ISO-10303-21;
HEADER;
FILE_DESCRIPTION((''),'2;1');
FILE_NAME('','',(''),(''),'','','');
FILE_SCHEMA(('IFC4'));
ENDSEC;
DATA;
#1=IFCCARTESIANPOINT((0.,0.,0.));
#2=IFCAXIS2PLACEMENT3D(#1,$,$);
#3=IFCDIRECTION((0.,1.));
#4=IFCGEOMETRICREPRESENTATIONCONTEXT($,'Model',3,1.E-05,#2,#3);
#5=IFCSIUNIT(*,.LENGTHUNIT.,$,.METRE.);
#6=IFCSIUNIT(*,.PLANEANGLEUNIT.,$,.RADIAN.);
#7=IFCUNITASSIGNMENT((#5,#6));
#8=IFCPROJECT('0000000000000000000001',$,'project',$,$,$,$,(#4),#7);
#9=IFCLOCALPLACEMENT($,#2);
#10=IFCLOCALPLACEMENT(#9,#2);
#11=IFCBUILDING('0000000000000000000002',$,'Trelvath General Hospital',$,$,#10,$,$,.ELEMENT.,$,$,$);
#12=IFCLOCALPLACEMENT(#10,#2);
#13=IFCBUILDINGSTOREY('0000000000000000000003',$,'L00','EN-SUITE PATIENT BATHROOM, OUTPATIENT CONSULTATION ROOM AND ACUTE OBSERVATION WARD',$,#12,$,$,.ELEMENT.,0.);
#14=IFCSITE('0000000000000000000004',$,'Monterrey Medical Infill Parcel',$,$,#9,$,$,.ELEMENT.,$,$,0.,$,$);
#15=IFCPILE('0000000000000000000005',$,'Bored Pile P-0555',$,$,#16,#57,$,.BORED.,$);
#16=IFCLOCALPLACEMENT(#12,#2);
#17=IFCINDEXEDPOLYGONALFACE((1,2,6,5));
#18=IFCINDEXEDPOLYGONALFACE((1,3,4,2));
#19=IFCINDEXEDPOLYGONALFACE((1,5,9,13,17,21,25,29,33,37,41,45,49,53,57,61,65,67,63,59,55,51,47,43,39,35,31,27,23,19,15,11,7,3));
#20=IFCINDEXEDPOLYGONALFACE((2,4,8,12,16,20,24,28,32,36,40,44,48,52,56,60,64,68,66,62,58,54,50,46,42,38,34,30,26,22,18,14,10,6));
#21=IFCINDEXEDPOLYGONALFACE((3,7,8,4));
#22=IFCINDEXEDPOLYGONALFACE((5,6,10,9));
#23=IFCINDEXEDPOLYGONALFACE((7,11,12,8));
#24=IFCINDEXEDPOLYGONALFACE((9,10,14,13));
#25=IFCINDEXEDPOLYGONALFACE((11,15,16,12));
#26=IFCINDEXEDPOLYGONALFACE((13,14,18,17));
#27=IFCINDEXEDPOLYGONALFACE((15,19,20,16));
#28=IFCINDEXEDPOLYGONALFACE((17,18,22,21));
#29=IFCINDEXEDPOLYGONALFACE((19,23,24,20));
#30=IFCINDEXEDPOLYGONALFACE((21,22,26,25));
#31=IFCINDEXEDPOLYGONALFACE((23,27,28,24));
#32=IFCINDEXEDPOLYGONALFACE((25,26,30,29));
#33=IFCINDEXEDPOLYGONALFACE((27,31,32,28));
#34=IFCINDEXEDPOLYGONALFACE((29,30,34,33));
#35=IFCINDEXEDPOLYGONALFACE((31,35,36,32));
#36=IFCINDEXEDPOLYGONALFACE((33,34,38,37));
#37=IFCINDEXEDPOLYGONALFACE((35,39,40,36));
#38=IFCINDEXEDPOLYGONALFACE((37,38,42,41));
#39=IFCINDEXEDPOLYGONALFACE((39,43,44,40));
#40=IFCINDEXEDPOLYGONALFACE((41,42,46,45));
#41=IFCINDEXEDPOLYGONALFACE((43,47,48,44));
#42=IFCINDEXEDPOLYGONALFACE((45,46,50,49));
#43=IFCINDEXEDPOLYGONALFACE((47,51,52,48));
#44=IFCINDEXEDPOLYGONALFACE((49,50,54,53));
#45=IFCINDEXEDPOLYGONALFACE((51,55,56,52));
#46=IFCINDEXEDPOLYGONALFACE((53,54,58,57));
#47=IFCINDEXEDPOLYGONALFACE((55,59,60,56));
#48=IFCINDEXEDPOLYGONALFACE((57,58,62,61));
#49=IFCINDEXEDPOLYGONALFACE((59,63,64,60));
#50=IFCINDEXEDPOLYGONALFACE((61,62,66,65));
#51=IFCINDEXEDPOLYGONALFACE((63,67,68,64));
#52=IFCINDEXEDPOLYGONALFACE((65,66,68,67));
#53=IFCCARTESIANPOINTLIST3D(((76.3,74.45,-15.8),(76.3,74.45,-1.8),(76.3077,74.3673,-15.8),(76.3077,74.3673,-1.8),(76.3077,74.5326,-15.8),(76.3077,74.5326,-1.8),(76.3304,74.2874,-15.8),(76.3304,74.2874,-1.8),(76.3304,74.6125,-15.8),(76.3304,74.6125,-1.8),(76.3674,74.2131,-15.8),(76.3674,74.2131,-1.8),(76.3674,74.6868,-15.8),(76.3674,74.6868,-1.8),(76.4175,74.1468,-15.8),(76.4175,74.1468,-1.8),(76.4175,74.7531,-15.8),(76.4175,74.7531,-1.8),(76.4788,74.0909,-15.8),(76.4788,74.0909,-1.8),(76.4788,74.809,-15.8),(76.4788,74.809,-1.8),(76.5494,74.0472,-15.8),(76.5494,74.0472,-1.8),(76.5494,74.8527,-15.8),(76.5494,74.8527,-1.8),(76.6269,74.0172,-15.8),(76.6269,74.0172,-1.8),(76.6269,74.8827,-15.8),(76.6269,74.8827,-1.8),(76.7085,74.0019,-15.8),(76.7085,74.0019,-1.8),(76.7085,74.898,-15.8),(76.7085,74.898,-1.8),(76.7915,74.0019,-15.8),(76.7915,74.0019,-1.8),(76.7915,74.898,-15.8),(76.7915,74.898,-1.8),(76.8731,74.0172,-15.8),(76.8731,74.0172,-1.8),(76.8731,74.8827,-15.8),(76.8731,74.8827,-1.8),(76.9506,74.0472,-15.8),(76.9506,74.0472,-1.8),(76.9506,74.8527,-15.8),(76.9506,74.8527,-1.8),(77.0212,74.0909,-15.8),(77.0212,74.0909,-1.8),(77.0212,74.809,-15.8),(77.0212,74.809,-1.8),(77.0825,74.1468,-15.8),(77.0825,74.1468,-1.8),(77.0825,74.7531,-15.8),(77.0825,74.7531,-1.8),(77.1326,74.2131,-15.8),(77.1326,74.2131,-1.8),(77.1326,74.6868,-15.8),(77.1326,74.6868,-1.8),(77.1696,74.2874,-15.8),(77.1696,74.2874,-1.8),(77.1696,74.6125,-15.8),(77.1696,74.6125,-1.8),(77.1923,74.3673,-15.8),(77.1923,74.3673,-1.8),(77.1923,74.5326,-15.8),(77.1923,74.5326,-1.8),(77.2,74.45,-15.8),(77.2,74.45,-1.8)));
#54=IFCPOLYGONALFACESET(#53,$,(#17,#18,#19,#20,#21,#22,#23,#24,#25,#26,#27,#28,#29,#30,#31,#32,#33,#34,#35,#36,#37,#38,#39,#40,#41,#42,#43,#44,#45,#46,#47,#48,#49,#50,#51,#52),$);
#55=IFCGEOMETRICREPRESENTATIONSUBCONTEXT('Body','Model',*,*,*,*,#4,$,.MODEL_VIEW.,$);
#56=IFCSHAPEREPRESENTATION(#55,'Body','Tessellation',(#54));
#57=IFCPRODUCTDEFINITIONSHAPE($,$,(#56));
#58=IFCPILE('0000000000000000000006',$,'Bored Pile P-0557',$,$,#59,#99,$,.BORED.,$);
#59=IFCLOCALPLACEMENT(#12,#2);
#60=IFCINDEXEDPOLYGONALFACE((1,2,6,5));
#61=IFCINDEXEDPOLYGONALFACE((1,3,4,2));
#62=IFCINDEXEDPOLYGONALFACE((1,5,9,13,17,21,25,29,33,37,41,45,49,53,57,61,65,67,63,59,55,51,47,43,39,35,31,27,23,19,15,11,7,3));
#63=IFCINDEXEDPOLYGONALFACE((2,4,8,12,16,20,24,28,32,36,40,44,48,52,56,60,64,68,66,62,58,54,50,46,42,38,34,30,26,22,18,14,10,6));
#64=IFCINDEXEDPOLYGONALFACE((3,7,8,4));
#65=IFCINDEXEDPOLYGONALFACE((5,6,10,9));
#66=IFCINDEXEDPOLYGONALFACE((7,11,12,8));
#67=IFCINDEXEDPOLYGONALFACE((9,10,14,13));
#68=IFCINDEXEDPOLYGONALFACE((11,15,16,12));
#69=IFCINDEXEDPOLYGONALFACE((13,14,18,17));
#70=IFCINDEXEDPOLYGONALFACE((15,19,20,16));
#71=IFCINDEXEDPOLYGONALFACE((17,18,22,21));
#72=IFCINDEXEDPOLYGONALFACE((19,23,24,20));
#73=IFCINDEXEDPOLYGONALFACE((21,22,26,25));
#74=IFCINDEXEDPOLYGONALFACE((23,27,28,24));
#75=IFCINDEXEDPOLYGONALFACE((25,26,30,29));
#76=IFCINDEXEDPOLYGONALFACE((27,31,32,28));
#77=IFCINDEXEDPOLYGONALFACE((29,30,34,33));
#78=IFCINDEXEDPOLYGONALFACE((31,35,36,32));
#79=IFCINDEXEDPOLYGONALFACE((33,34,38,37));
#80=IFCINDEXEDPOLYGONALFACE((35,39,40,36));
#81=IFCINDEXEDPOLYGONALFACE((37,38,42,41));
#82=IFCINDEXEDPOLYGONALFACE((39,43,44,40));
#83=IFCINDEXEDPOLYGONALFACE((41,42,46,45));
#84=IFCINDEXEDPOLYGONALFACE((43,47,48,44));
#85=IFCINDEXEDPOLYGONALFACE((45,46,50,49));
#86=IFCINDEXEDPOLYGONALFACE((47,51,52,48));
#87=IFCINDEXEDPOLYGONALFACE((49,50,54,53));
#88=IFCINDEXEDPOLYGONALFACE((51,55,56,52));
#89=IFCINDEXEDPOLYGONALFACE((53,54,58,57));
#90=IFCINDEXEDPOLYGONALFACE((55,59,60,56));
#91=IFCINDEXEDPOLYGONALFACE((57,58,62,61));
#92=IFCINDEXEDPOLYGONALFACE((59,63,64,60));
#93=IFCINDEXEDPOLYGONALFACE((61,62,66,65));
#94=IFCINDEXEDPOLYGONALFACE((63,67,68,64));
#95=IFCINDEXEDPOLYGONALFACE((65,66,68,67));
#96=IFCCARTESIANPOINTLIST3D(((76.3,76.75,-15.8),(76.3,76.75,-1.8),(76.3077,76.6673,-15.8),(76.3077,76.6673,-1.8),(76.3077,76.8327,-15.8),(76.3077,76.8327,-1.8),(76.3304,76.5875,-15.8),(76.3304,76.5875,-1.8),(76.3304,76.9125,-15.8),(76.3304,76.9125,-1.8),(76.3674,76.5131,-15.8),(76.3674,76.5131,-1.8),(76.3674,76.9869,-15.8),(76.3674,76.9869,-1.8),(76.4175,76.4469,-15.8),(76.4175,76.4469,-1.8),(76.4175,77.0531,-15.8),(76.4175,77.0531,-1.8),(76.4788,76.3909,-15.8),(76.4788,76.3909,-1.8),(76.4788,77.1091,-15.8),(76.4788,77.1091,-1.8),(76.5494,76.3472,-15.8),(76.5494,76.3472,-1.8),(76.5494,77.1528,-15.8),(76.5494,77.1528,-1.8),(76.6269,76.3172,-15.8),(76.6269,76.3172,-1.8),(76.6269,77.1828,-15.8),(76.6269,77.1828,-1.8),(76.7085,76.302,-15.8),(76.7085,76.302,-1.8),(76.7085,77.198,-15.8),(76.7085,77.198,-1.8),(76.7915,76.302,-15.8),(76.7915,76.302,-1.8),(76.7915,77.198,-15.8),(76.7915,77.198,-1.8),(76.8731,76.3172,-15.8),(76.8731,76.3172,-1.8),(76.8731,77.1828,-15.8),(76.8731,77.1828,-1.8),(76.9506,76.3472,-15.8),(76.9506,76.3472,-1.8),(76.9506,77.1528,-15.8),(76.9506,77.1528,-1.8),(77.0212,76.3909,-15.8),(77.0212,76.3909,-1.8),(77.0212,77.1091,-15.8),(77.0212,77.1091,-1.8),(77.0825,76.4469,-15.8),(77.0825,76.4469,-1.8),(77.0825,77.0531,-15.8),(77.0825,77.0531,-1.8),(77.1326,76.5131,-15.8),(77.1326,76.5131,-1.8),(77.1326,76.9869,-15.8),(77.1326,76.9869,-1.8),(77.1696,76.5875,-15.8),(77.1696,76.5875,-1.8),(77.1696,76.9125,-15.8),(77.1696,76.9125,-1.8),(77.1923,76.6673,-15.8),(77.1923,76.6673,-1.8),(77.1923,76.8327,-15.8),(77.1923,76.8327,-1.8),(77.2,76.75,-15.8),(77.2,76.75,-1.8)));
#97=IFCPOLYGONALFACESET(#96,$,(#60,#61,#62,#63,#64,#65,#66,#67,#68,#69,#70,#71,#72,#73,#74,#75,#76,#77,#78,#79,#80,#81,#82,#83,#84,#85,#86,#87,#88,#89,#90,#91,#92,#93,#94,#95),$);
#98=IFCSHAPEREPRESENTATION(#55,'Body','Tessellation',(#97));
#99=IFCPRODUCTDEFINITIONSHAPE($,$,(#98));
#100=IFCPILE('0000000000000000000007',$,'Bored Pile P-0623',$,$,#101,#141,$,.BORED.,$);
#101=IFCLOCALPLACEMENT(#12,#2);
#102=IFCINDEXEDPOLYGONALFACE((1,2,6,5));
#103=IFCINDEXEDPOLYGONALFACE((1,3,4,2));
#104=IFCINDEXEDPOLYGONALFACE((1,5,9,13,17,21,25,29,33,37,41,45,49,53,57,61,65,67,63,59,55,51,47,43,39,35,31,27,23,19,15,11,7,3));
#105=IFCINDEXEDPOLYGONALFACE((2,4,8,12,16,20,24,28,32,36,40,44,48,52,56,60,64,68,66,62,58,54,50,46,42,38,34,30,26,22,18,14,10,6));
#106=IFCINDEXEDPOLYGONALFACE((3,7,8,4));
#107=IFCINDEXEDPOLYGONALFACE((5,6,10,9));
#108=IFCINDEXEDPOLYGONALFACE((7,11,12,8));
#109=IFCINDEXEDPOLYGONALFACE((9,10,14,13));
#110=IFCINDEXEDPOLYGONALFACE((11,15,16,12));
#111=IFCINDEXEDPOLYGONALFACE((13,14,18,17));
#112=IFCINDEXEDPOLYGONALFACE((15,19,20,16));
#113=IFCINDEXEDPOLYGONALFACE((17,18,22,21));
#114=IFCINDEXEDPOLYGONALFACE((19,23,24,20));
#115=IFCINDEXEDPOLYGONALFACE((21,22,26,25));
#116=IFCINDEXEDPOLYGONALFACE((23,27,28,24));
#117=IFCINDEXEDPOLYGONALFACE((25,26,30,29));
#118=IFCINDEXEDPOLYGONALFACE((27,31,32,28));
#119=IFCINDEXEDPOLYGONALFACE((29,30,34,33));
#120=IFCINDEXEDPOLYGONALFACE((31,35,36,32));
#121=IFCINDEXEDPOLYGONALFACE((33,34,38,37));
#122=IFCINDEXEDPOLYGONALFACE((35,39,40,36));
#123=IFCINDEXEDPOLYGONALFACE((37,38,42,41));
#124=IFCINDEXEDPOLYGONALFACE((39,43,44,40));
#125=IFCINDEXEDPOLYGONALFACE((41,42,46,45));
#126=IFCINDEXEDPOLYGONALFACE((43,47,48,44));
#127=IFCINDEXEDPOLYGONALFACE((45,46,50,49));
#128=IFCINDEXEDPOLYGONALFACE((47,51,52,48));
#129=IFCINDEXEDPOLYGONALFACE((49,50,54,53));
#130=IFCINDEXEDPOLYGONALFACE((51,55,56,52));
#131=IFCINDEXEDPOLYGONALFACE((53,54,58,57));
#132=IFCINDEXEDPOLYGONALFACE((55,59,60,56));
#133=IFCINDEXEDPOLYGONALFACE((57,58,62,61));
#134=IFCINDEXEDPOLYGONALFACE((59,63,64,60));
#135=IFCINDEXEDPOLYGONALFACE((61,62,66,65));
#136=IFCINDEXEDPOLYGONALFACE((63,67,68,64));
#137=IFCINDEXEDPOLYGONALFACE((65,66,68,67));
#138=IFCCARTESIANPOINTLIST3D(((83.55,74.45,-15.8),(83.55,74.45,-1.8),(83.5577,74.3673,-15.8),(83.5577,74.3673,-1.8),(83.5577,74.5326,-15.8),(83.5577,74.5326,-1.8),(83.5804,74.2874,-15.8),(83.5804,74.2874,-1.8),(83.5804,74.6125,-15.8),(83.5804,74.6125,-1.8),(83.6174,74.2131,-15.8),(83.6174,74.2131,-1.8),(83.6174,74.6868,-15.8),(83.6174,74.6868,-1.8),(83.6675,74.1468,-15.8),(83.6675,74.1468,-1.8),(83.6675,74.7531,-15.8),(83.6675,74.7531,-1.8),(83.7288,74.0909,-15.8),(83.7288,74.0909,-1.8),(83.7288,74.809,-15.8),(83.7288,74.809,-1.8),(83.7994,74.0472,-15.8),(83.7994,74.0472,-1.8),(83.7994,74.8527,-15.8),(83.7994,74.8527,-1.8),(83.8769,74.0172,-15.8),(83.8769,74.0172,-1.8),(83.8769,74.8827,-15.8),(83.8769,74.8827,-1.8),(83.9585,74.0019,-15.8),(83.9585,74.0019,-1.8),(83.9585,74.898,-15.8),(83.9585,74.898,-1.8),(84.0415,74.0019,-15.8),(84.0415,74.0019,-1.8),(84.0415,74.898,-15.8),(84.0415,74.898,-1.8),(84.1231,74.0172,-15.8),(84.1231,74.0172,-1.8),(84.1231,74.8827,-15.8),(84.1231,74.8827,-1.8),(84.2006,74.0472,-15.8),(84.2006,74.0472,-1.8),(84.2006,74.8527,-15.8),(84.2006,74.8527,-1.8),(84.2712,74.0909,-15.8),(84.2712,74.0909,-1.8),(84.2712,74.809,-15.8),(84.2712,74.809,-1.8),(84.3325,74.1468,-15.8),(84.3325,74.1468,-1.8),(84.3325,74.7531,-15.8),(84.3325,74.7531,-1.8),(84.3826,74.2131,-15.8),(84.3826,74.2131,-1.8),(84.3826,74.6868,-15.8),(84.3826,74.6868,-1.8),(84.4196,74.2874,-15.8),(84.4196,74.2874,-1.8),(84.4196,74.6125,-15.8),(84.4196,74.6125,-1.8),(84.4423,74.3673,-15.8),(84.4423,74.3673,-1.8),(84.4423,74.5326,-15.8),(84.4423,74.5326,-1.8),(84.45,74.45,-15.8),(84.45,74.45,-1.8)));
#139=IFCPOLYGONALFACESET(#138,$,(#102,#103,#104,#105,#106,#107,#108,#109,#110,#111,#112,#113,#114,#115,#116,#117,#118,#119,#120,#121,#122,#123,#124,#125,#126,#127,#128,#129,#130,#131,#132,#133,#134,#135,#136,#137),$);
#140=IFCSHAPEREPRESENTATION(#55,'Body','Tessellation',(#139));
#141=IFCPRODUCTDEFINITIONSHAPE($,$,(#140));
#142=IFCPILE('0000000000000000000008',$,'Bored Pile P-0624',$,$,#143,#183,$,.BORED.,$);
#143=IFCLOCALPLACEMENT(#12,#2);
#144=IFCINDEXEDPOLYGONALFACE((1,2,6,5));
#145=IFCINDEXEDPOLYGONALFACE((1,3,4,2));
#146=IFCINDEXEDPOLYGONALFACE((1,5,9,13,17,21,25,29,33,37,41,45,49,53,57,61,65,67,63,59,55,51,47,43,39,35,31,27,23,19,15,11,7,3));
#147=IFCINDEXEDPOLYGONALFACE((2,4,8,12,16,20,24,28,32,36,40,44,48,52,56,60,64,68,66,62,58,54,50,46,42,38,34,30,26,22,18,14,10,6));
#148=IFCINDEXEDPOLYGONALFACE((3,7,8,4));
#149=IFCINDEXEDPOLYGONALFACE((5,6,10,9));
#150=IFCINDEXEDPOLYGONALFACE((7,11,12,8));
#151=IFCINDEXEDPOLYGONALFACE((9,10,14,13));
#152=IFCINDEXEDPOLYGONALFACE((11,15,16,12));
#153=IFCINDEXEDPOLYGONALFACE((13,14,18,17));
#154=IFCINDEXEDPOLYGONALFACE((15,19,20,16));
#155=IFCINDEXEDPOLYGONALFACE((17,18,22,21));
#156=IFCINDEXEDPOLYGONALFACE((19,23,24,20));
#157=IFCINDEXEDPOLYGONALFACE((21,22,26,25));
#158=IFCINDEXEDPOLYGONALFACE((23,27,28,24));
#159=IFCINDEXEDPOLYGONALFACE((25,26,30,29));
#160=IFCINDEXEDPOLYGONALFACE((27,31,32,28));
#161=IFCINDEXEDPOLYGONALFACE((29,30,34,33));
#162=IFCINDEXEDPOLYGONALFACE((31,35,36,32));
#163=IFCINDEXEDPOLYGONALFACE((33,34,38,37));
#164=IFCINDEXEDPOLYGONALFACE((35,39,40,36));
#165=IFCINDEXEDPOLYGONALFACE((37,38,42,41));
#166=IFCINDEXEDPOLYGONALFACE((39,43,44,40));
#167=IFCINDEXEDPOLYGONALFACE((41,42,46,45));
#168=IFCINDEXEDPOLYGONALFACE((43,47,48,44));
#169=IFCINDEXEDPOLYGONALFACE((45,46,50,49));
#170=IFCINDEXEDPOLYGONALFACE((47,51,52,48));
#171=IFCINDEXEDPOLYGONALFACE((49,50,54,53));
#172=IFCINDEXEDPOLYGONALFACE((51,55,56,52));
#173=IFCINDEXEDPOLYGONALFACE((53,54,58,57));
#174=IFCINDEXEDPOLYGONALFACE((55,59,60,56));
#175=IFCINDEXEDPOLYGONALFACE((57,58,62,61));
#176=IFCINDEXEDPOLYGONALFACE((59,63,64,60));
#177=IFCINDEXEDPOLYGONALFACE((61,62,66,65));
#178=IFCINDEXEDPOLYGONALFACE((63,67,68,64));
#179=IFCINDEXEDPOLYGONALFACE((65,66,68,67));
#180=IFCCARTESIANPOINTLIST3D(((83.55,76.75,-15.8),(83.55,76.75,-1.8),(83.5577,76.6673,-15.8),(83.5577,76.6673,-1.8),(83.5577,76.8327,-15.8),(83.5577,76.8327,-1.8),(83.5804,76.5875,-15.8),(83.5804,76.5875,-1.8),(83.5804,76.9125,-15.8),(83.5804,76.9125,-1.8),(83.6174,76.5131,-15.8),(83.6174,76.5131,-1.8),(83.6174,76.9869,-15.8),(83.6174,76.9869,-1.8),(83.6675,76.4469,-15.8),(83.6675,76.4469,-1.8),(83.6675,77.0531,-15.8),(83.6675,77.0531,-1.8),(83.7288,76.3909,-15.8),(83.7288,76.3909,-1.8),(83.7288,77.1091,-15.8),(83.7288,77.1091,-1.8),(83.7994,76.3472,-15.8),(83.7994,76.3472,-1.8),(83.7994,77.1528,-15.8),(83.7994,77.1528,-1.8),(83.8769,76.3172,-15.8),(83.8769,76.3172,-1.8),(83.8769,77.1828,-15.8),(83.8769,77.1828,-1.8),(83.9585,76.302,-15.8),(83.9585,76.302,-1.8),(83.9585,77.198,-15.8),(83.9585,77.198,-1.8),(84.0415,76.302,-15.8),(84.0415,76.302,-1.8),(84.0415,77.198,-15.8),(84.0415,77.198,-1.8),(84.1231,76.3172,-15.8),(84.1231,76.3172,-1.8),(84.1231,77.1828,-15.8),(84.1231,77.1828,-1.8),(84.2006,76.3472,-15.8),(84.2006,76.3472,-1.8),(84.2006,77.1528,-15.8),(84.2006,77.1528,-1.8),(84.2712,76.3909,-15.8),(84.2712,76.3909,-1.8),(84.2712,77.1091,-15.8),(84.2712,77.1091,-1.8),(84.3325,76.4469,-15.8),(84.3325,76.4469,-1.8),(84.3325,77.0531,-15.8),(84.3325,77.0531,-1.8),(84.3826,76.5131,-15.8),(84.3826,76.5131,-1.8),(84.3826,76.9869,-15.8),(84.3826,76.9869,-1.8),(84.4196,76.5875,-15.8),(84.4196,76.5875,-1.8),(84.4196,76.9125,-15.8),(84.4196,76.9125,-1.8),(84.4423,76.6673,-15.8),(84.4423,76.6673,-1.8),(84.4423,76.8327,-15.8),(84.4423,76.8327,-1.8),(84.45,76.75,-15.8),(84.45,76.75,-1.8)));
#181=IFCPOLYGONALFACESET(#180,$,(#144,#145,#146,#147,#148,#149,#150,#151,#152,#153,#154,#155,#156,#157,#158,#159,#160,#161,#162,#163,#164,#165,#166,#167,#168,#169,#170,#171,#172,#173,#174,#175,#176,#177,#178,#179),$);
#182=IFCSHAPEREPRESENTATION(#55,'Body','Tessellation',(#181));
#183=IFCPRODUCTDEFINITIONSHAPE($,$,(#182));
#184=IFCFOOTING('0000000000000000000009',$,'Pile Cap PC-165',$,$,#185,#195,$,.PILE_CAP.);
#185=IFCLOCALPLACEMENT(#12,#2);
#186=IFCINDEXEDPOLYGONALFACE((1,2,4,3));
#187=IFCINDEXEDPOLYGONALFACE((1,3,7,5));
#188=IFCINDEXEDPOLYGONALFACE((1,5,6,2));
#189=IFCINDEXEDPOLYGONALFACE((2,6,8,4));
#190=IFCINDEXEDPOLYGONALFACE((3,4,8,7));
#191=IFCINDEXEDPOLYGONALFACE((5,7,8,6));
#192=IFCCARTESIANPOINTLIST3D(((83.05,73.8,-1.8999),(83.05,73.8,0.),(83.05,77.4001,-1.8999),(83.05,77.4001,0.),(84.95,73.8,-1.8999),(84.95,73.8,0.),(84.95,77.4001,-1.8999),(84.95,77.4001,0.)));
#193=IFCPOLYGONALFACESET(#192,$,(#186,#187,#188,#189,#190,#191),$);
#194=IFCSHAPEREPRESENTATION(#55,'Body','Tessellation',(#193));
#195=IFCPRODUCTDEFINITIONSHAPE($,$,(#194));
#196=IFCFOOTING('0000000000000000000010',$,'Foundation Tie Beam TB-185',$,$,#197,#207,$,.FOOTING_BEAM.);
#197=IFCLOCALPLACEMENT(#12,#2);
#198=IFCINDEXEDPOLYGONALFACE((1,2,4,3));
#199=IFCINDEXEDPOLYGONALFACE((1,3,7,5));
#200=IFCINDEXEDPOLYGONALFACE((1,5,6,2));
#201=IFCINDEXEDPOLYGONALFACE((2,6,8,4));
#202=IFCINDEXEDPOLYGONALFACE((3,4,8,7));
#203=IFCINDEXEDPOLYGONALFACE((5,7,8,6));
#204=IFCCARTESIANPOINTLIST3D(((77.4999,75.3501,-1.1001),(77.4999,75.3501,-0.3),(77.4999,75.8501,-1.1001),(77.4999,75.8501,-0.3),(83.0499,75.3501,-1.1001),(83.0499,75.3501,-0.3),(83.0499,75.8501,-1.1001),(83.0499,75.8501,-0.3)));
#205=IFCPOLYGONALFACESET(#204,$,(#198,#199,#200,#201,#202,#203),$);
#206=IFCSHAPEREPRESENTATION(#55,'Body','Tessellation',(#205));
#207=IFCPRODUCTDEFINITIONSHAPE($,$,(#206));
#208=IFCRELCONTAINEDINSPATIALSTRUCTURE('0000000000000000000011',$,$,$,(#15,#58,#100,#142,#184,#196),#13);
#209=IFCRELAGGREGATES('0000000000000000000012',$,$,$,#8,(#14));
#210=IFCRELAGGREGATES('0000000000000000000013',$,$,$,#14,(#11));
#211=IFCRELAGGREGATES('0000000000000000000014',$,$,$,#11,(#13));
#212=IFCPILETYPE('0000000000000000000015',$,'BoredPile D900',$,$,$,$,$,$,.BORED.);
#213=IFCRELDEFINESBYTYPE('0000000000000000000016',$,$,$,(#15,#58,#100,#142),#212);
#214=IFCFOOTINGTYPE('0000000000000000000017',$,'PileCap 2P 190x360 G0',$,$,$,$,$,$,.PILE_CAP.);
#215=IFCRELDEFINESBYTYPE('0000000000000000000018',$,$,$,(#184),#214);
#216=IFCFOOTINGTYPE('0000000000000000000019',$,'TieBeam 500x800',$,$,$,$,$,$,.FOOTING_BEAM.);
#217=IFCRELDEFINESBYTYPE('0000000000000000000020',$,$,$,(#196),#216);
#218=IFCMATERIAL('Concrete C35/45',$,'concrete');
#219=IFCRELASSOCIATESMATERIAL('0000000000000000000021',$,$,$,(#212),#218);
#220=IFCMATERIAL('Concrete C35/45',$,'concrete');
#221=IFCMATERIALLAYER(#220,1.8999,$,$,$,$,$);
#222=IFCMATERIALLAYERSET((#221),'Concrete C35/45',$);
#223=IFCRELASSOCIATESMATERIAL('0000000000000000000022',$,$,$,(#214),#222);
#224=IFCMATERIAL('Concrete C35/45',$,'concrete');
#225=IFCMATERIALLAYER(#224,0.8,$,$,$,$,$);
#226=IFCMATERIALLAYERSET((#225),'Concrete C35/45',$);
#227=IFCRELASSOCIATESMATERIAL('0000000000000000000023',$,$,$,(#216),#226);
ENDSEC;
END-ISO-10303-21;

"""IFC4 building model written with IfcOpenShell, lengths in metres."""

from ifc_helpers import new_model, si_unit, direction, frame, origin, origin_2d, place, context, subcontext, project, spatial, rectangle, circle, extrude, material, layer, layer_set, material_profile, profile_set, type_object, element, save


model = new_model("IFC4")

# Units and contexts
model_context = context("Model", 3, precision=1e-05, world=origin(), true_north=direction((0.0, 1.0)))
body_context = subcontext(model_context, "Body", "Model", "MODEL_VIEW")
ifc_project = project(units=[si_unit("LENGTHUNIT", "METRE"), si_unit("PLANEANGLEUNIT", "RADIAN")], contexts=[model_context])

# Site, building, storey
site_placement = place(None, origin())
site = spatial("IfcSite", under=ifc_project, at=site_placement, Name="Monterrey Medical Infill Parcel", CompositionType="ELEMENT", RefElevation=0.0)
building_placement = place(site_placement, origin())
building = spatial("IfcBuilding", under=site, at=building_placement, Name="Trelvath General Hospital", CompositionType="ELEMENT")
storey_placement = place(building_placement, origin())
storey = spatial("IfcBuildingStorey", under=building, at=storey_placement, Name="L00", Description="EN-SUITE PATIENT BATHROOM, OUTPATIENT CONSULTATION ROOM AND ACUTE OBSERVATION WARD", CompositionType="ELEMENT", Elevation=0.0)

# Piles
ifc_material_1 = material(Name="Concrete C35/45", Category="concrete")
ifc_material_profile_1 = material_profile(ifc_material_1, circle(Radius=0.45, at=origin_2d()), Name="PILE900")
ifc_profile_set_1 = profile_set([ifc_material_profile_1], Name="Concrete C35/45")
pile_type = type_object("IfcPileType", Name="BoredPile D900", PredefinedType="BORED", material=ifc_profile_set_1)
for number, where, z_axis, x_axis, name in (
    (1, (76.75, 74.45, -1.8), (0.0, 0.0, -1.0), (1.0, 0.0, 0.0), "Bored Pile P-0555"),
    (2, (76.75, 76.75, -1.8), (0.0, 0.0, -1.0), (1.0, 0.0, 0.0), "Bored Pile P-0557"),
    (3, (84.0, 74.45, -1.8), (0.0, 0.0, -1.0), (1.0, 0.0, 0.0), "Bored Pile P-0623"),
    (4, (84.0, 76.75, -1.8), (0.0, 0.0, -1.0), (1.0, 0.0, 0.0), "Bored Pile P-0624"),
):
    element("IfcPile", number, at=place(storey_placement, frame(where, z_axis=z_axis, x_axis=x_axis)), inside=storey, type_object=pile_type, Name=name, PredefinedType="BORED", context=body_context, shape_type="SweptSolid", body=[
        extrude(circle(Radius=0.45, at=origin_2d()), origin(), (0.0, 0.0, 1.0), 14.0),
    ])

# Footings
ifc_material_2 = material(Name="Concrete C35/45", Category="concrete")
ifc_layer_1 = layer(ifc_material_2, 1.8999)
ifc_layer_set_1 = layer_set([ifc_layer_1], Name="Concrete C35/45")
footing_type_1 = type_object("IfcFootingType", Name="PileCap 2P 190x360 G0", PredefinedType="PILE_CAP", material=ifc_layer_set_1)
footing_1_placement = place(storey_placement, frame((84.0, 75.6001, -1.8999), z_axis=(0.0, 0.0, 1.0), x_axis=(1.0, 0.0, 0.0)))
element("IfcFooting", 5, at=footing_1_placement, inside=storey, type_object=footing_type_1, Name="Pile Cap PC-165", PredefinedType="PILE_CAP", context=body_context, shape_type="SweptSolid", body=[
    extrude(rectangle(XDim=1.8999, YDim=3.6001, at=origin_2d()), origin(), (0.0, 0.0, 1.0), 1.8999),
])
ifc_material_3 = material(Name="Concrete C35/45", Category="concrete")
ifc_layer_2 = layer(ifc_material_3, 0.8)
ifc_layer_set_2 = layer_set([ifc_layer_2], Name="Concrete C35/45")
footing_type_2 = type_object("IfcFootingType", Name="TieBeam 500x800", PredefinedType="FOOTING_BEAM", material=ifc_layer_set_2)
footing_2_placement = place(storey_placement, frame((80.2749, 75.6001, -1.1001), z_axis=(0.0, 0.0, 1.0), x_axis=(1.0, 0.0, 0.0)))
element("IfcFooting", 6, at=footing_2_placement, inside=storey, type_object=footing_type_2, Name="Foundation Tie Beam TB-185", PredefinedType="FOOTING_BEAM", context=body_context, shape_type="SweptSolid", body=[
    extrude(rectangle(XDim=5.55, YDim=0.5, at=origin_2d()), origin(), (0.0, 0.0, 1.0), 0.8),
])

save(model, "model.ifc")
